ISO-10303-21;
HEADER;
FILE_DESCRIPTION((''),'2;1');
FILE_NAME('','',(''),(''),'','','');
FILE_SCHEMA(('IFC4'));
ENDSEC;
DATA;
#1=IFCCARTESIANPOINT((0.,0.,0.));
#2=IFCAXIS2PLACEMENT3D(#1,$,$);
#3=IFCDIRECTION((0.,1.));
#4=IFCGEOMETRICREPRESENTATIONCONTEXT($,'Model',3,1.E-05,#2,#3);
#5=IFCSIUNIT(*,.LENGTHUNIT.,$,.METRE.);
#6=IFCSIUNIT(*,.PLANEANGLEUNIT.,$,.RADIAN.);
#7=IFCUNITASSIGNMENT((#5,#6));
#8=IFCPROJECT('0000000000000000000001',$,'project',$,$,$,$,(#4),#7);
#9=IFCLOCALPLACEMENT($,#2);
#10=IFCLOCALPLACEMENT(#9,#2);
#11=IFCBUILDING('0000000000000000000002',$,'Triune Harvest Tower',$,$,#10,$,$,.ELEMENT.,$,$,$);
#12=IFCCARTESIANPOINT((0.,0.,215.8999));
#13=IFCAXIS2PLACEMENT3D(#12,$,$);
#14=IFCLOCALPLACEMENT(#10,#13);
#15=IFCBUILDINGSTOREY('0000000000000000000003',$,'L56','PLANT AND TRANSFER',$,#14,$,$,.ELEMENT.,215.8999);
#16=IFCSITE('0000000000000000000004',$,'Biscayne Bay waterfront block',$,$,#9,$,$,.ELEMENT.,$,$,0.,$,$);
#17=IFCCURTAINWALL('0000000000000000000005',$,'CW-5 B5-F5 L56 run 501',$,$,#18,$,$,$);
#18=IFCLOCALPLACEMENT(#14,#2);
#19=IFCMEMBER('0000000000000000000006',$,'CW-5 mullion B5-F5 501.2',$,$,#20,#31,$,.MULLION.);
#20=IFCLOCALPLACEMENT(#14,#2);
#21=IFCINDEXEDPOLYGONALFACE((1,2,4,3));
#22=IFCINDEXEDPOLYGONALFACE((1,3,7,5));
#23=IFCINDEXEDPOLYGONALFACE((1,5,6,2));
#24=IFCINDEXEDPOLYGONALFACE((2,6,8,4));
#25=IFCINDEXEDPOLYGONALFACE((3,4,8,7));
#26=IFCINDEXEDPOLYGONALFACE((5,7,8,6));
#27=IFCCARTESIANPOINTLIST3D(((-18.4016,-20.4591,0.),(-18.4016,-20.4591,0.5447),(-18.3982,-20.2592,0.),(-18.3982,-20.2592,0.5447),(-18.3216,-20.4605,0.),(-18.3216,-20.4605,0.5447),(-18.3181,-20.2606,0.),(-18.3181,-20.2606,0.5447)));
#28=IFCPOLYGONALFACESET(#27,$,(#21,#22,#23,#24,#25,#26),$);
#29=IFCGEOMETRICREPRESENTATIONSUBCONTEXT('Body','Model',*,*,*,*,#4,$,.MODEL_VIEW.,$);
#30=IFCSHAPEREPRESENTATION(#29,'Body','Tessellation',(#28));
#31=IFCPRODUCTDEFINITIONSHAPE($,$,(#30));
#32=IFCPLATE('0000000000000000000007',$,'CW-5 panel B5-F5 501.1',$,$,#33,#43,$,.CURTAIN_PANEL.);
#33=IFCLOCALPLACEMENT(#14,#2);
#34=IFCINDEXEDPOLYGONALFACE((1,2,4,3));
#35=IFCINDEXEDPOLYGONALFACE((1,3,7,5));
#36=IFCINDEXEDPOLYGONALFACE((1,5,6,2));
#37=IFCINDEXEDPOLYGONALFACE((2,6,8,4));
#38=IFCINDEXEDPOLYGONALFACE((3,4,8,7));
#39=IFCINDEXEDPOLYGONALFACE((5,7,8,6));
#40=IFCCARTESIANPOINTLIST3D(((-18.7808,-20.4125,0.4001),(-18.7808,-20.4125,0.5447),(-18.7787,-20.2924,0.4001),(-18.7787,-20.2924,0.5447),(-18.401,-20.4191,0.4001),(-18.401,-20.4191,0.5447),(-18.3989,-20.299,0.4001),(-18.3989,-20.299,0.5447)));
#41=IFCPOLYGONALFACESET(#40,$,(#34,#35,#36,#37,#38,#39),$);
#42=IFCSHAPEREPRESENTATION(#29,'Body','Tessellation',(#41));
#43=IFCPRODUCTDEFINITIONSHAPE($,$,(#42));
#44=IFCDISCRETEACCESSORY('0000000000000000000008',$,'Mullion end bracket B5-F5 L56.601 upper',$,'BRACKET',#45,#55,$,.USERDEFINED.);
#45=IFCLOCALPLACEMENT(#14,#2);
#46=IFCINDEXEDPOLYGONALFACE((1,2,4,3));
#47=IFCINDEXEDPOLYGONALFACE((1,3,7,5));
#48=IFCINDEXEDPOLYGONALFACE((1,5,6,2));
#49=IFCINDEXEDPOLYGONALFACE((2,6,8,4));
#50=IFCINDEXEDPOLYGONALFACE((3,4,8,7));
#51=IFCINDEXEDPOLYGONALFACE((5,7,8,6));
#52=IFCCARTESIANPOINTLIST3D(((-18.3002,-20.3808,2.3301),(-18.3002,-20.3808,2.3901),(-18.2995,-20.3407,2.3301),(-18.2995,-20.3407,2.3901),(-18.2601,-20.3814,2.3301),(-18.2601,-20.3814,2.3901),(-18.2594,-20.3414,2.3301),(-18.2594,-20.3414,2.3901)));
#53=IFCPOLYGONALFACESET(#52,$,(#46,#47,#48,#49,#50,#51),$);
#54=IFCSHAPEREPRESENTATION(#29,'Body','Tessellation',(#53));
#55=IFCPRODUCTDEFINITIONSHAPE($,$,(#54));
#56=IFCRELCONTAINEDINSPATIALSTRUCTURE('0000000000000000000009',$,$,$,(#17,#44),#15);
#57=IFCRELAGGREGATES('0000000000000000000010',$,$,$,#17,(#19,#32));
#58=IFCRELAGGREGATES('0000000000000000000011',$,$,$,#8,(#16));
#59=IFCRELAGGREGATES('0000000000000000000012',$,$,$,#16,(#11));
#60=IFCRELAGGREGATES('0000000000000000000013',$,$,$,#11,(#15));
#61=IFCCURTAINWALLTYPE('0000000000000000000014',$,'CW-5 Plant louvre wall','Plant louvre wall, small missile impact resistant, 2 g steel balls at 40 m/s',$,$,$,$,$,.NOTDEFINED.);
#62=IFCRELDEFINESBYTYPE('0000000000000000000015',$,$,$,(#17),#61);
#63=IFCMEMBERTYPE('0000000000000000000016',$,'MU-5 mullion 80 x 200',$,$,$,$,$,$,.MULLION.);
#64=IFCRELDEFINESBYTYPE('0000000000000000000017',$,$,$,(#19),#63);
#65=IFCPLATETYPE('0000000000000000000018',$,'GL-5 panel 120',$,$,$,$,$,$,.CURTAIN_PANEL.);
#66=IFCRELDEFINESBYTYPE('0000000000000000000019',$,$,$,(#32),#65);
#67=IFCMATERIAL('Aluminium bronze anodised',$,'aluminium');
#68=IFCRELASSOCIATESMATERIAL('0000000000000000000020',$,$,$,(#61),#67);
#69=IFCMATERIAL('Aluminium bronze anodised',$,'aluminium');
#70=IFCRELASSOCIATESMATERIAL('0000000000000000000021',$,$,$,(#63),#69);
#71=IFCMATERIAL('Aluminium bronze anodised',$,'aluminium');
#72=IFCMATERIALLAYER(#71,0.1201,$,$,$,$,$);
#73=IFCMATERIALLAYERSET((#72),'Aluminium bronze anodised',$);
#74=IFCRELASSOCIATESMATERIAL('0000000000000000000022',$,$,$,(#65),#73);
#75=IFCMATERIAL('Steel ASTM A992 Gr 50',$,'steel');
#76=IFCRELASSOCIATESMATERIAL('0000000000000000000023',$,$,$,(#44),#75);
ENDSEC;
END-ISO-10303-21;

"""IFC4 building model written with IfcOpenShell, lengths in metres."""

from ifc_helpers import new_model, si_unit, direction, frame, origin, origin_2d, place, context, subcontext, project, spatial, rectangle, extrude, source, transform, mapped, material, layer, layer_set, material_profile, profile_set, type_object, element, aggregate, save


model = new_model("IFC4")

# Units and contexts
model_context = context("Model", 3, precision=1e-05, world=origin(), true_north=direction((0.0, 1.0)))
body_context = subcontext(model_context, "Body", "Model", "MODEL_VIEW")
ifc_project = project(units=[si_unit("LENGTHUNIT", "METRE"), si_unit("PLANEANGLEUNIT", "RADIAN")], contexts=[model_context])

# Site, building, storey
site_placement = place(None, origin())
site = spatial("IfcSite", under=ifc_project, at=site_placement, Name="Biscayne Bay waterfront block", CompositionType="ELEMENT", RefElevation=0.0)
building_placement = place(site_placement, origin())
building = spatial("IfcBuilding", under=site, at=building_placement, Name="Triune Harvest Tower", CompositionType="ELEMENT")
storey_placement = place(building_placement, frame((0.0, 0.0, 215.8999)))
storey = spatial("IfcBuildingStorey", under=building, at=storey_placement, Name="L56", Description="PLANT AND TRANSFER", CompositionType="ELEMENT", Elevation=215.8999)

# Shared definitions
ifc_material_1 = material(Name="Aluminium bronze anodised", Category="aluminium")
curtain_wall_type = type_object("IfcCurtainWallType", Name="CW-5 Plant louvre wall", Description="Plant louvre wall, small missile impact resistant, 2 g steel balls at 40 m/s", PredefinedType="NOTDEFINED", material=ifc_material_1)
ifc_material_2 = material(Name="Aluminium bronze anodised", Category="aluminium")
ifc_material_profile_1 = material_profile(ifc_material_2, rectangle(XDim=0.2, YDim=0.0801, at=origin_2d()), Name="MU-5 mullion 80 x 200")
ifc_profile_set_1 = profile_set([ifc_material_profile_1], Name="Aluminium bronze anodised")
member_type_1 = type_object("IfcMemberType", Name="MU-5 mullion 80 x 200", PredefinedType="MULLION", material=ifc_profile_set_1)

# Curtain wall, member, plate
curtain_wall_1_placement = place(storey_placement, origin())
curtain_wall_1 = element("IfcCurtainWall", 1, at=curtain_wall_1_placement, inside=storey, type_object=curtain_wall_type, Name="CW-5 B5-F5 L56 run 501")
shared_shape_1 = source(origin(), body_context, "Body", "SweptSolid", [
    extrude(rectangle(XDim=0.2, YDim=0.0801, at=origin_2d()), origin(), (0.0, 0.0, 1.0), 0.5447),
])
member_1_placement = place(storey_placement, frame((-18.3599, -20.3599, 0.0), z_axis=(0.0, 0.0, 1.0), x_axis=(0.017411, 0.999848, 0.0)))
member_1 = element("IfcMember", 2, at=member_1_placement, type_object=member_type_1, Name="CW-5 mullion B5-F5 501.2", PredefinedType="MULLION", context=body_context, shape_type="MappedRepresentation", body=[
    mapped(shared_shape_1, transform((0.0, 0.0, 0.0), scale=1.0)),
])
ifc_material_3 = material(Name="Aluminium bronze anodised", Category="aluminium")
ifc_layer = layer(ifc_material_3, 0.1201)
ifc_layer_set = layer_set([ifc_layer], Name="Aluminium bronze anodised")
plate_type = type_object("IfcPlateType", Name="GL-5 panel 120", PredefinedType="CURTAIN_PANEL", material=ifc_layer_set)
plate_placement = place(storey_placement, frame((-18.5898, -20.3557, 0.4001), z_axis=(0.0, 0.0, 1.0), x_axis=(0.999848, -0.017411, 0.0)))
plate = element("IfcPlate", 3, at=plate_placement, type_object=plate_type, Name="CW-5 panel B5-F5 501.1", PredefinedType="CURTAIN_PANEL", context=body_context, shape_type="SweptSolid", body=[
    extrude(rectangle(XDim=0.3799, YDim=0.1201, at=origin_2d()), origin(), (0.0, 0.0, 1.0), 0.1445),
])
aggregate(curtain_wall_1, [member_1, plate])

# Discrete accessory
ifc_material_4 = material(Name="Steel ASTM A992 Gr 50", Category="steel")
shared_shape_2 = source(origin(), body_context, "Body", "SweptSolid", [
    extrude(rectangle(XDim=0.04, YDim=0.04, at=origin_2d()), origin(), (0.0, 0.0, 1.0), 0.0601),
])
discrete_accessory_placement = place(storey_placement, frame((-18.2798, -20.3611, 2.3301), z_axis=(0.0, 0.0, 1.0), x_axis=(0.999848, -0.017445, 0.0)))
element("IfcDiscreteAccessory", 4, at=discrete_accessory_placement, inside=storey, material=ifc_material_4, Name="Mullion end bracket B5-F5 L56.601 upper", ObjectType="BRACKET", PredefinedType="USERDEFINED", context=body_context, shape_type="MappedRepresentation", body=[
    mapped(shared_shape_2, transform((0.0, 0.0, 0.0), scale=1.0)),
])

save(model, "model.ifc")
